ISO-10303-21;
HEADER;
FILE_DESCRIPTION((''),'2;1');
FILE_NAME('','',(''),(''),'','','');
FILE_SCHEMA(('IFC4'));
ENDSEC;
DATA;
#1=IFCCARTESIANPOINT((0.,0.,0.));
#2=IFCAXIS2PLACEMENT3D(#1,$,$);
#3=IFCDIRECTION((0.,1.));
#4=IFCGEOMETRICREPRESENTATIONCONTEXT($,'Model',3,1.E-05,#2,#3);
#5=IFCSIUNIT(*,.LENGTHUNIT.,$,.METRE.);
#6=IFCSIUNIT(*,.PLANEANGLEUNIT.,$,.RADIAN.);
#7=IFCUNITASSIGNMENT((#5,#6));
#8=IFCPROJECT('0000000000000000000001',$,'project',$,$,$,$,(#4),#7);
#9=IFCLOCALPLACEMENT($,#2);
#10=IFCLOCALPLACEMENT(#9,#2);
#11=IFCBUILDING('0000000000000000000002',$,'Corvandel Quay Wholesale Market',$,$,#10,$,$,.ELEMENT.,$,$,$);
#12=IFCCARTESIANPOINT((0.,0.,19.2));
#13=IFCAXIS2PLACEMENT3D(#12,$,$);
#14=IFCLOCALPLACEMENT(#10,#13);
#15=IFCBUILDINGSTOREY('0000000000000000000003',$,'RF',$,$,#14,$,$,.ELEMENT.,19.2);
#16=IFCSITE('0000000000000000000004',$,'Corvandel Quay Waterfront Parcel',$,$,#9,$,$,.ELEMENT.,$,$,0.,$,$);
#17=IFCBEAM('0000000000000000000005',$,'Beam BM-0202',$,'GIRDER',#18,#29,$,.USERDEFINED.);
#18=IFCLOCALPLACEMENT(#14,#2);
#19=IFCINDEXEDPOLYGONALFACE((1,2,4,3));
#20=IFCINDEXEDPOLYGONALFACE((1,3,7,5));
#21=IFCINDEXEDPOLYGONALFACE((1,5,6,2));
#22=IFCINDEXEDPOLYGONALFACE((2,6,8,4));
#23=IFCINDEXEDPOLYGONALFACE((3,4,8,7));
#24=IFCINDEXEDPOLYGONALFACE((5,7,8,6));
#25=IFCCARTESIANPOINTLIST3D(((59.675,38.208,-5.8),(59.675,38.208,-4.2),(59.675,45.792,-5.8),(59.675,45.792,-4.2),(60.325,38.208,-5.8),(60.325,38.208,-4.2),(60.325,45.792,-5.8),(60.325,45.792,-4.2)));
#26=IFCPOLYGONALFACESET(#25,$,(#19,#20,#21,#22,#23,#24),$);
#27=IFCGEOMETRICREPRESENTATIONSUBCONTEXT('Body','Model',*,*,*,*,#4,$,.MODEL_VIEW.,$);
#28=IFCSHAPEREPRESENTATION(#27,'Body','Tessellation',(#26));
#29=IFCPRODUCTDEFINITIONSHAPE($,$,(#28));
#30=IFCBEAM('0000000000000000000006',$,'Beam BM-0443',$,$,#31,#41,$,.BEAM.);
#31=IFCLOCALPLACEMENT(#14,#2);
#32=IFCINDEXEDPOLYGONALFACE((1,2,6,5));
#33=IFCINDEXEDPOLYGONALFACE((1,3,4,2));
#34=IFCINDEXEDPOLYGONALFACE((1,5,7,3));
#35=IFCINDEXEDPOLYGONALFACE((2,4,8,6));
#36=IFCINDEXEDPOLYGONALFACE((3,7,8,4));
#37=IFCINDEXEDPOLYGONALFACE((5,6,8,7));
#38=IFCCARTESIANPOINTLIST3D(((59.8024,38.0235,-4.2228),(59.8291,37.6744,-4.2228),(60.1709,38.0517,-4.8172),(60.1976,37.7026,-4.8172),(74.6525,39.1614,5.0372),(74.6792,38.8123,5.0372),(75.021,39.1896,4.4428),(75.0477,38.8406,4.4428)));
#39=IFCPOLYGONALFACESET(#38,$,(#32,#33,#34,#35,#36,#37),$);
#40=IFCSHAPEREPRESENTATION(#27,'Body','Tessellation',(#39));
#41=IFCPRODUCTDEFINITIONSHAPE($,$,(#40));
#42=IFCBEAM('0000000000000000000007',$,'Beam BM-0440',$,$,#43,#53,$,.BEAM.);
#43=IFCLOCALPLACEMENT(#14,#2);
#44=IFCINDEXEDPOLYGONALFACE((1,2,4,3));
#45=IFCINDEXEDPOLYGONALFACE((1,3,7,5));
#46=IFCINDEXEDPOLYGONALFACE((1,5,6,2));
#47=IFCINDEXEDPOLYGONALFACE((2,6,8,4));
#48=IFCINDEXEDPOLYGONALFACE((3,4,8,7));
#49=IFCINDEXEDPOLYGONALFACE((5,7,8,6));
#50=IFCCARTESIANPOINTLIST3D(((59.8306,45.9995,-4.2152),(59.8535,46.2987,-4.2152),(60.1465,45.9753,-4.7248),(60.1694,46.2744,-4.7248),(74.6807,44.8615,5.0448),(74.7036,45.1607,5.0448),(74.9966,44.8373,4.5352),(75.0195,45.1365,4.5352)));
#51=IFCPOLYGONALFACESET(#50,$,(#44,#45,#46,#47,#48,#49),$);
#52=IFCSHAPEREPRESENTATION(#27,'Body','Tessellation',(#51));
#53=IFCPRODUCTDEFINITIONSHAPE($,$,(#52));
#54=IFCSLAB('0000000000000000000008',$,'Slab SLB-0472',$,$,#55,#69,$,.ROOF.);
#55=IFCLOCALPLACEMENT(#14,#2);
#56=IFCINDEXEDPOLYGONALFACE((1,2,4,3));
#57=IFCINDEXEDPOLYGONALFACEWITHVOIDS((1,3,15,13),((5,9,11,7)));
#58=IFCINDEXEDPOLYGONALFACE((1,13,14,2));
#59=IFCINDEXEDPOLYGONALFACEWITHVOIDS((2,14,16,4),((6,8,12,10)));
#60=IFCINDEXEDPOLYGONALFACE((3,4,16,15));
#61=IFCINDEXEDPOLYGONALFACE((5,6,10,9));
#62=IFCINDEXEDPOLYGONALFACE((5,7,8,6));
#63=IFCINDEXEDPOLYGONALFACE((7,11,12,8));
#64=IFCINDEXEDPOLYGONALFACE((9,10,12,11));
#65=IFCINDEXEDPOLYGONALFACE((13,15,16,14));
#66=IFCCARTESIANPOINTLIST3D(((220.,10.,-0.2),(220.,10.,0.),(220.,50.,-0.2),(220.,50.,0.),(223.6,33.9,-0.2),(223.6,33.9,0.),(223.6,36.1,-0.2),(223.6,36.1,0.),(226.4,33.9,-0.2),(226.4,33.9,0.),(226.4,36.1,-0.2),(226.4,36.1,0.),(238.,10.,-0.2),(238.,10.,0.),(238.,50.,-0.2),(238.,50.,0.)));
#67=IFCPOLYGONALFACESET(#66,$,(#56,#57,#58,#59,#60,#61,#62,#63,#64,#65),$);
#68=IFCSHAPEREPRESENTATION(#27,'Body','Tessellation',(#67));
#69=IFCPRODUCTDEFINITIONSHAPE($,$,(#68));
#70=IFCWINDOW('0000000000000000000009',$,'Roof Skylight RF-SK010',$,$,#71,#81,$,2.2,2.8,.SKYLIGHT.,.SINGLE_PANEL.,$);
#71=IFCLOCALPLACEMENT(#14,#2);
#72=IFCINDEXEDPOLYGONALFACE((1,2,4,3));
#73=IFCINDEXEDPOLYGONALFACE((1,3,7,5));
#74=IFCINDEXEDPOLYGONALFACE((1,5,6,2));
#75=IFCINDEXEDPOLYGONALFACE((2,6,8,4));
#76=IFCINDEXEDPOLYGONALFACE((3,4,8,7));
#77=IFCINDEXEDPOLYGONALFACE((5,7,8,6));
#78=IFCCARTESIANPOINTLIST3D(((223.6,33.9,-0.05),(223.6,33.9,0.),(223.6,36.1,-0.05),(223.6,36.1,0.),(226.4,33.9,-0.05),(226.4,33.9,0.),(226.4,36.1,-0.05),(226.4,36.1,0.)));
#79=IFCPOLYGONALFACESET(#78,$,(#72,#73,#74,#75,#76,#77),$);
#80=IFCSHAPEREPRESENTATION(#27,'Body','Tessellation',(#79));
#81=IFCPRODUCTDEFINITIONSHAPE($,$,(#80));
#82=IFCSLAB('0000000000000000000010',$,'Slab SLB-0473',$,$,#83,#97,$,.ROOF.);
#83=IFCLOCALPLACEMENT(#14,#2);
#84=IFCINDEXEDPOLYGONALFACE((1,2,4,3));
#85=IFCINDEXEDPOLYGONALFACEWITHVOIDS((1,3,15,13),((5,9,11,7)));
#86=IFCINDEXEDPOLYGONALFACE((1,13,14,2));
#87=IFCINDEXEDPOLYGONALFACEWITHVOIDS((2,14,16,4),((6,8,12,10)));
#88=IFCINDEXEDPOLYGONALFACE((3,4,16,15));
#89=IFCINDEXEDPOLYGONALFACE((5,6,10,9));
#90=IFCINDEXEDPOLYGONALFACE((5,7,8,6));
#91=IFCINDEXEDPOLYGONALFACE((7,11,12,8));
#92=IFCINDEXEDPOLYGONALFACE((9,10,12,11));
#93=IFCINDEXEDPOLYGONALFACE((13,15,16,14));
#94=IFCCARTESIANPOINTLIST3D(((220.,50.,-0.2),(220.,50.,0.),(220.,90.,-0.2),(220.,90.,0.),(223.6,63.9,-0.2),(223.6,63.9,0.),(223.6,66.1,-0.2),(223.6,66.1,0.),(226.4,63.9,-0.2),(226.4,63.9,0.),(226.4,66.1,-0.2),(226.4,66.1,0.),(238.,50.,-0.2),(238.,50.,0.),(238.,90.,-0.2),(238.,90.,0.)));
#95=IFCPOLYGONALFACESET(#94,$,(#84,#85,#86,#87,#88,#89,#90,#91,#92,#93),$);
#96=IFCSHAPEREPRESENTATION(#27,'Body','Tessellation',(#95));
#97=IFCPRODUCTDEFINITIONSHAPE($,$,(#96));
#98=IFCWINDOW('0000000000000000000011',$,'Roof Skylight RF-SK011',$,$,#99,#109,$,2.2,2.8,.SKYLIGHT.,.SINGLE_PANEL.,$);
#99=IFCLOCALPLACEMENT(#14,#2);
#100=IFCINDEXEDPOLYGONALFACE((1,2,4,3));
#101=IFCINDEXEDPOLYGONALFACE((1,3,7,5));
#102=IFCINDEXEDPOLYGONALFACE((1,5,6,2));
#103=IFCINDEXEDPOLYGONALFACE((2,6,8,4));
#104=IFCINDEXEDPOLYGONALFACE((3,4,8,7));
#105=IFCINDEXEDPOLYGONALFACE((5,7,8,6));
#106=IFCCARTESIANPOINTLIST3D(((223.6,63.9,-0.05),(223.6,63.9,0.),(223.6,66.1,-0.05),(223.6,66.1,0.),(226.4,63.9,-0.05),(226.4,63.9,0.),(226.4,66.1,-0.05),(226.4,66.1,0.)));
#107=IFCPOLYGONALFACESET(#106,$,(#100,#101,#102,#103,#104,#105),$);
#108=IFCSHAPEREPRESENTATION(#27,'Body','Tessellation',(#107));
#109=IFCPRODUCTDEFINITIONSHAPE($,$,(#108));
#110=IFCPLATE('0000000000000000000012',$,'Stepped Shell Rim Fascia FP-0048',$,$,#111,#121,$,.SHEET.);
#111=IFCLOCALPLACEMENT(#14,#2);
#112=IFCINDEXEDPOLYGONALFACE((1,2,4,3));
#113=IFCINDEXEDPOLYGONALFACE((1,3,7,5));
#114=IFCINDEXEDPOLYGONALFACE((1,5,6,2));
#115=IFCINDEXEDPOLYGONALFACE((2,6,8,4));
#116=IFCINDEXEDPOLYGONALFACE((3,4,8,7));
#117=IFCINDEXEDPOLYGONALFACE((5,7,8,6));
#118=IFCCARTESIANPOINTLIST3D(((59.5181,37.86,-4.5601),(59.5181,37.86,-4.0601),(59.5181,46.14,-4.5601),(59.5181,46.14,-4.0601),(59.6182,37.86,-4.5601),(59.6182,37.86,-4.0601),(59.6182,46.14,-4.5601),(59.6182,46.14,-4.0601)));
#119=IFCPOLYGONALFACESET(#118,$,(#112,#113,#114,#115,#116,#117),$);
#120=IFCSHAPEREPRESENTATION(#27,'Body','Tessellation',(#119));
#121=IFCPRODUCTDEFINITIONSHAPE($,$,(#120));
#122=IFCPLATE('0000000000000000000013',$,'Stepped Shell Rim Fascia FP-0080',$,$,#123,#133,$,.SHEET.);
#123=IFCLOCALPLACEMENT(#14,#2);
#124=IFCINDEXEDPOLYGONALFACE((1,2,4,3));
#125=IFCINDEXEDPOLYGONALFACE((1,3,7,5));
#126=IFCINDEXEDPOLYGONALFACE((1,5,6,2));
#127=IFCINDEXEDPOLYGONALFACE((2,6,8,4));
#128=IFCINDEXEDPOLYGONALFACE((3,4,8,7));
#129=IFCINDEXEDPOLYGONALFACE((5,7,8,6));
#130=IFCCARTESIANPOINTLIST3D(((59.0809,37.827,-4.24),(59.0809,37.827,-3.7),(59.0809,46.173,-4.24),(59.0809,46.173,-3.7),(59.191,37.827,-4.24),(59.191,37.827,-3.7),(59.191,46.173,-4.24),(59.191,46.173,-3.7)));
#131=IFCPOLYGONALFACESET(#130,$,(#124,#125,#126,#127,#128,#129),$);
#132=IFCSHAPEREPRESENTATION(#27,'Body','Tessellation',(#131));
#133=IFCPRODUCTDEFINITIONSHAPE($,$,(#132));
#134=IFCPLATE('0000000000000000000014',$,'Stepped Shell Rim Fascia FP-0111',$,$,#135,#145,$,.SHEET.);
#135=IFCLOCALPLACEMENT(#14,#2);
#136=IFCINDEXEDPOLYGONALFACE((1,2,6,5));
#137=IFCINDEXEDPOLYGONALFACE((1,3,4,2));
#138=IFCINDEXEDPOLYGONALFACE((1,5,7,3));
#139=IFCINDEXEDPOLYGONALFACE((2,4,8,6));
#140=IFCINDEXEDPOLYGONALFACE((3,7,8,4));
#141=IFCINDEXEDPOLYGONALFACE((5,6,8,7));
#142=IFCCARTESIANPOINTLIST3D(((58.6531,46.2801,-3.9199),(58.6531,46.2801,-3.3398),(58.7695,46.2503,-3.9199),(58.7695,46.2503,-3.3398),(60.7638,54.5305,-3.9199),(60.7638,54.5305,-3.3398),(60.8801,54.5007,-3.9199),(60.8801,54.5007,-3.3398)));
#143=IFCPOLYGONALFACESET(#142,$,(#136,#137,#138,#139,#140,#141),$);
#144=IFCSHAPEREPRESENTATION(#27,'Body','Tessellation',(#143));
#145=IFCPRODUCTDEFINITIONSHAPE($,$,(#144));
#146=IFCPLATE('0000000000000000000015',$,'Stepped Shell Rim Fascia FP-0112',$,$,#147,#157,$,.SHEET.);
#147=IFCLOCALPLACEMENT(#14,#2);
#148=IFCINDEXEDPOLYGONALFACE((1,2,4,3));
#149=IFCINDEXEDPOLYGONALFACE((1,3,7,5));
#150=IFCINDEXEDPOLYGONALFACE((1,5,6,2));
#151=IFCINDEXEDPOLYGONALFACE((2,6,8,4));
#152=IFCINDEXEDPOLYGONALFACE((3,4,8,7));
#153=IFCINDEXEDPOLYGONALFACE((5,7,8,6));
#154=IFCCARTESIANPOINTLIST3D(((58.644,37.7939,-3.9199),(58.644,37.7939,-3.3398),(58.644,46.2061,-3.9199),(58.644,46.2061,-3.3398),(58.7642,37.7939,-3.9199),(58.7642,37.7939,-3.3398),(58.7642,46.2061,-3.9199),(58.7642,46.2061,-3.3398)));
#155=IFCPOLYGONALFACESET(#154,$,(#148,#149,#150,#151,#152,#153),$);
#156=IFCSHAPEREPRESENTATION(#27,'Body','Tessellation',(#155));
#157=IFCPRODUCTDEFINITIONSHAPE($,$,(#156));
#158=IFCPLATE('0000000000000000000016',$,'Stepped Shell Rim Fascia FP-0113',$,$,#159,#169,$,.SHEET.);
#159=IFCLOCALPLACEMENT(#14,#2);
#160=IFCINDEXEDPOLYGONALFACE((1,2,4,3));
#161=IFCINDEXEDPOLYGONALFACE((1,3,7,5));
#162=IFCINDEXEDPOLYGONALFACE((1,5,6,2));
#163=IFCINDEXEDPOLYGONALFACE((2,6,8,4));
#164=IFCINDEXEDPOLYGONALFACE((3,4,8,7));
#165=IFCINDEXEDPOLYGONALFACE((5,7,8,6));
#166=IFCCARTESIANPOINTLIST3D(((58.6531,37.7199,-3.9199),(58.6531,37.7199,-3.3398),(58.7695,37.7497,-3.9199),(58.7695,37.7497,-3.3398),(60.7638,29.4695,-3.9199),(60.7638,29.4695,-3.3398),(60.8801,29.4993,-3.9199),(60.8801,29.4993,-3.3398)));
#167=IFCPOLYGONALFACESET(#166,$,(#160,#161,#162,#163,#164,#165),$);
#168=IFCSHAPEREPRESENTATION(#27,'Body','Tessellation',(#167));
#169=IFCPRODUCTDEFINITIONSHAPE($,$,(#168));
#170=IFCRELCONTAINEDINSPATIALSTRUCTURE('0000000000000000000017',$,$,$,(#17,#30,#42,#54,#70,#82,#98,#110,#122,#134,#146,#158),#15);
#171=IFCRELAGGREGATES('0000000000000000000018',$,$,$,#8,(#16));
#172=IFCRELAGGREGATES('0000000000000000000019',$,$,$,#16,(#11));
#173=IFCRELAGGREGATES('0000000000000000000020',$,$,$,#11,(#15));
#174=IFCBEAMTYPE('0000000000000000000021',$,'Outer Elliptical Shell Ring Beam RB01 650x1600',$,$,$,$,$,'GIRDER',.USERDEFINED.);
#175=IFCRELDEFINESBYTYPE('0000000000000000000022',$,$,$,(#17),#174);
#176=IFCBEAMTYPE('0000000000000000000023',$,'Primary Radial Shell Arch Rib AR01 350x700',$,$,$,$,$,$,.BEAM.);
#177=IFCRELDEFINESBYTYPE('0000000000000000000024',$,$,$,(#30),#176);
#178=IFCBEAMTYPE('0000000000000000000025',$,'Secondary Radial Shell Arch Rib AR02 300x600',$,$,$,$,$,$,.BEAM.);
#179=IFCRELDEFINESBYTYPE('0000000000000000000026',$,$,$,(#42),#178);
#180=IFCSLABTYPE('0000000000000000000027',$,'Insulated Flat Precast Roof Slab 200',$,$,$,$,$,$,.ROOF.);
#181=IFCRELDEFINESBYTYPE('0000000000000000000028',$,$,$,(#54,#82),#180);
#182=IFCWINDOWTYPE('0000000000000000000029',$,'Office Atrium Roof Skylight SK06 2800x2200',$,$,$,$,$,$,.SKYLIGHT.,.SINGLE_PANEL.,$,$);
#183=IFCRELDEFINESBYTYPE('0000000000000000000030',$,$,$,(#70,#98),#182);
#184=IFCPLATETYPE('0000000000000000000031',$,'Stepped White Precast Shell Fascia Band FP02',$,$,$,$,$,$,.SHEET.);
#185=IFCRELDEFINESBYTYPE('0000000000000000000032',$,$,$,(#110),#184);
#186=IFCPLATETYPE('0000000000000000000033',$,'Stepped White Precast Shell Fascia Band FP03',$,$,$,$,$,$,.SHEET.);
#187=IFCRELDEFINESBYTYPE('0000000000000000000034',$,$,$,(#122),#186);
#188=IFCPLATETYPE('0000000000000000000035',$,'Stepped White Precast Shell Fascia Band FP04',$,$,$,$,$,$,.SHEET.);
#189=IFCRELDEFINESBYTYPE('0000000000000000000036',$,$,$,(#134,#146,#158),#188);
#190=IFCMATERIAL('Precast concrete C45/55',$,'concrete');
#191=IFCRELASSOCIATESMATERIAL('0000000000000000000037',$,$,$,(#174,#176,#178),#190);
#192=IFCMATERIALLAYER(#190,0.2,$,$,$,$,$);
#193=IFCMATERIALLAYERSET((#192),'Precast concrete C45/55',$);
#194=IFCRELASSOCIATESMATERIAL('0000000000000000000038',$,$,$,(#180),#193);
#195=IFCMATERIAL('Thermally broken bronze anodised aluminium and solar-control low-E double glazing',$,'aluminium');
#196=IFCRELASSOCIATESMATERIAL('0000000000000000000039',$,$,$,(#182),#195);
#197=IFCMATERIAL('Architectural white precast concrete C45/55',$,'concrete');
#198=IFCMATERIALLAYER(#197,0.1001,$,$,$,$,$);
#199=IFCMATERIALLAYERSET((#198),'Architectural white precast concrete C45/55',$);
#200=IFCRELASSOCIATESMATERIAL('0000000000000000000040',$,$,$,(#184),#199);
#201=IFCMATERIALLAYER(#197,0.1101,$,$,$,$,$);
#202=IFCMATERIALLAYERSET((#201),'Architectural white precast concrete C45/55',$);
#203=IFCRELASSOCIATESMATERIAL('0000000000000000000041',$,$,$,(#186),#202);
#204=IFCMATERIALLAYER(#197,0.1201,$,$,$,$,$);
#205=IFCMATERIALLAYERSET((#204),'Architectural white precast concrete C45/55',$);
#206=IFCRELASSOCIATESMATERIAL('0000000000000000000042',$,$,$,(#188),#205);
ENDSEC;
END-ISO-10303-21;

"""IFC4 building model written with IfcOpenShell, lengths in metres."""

from ifc_helpers import new_model, si_unit, direction, frame, origin, origin_2d, place, context, subcontext, project, spatial, polyline, rectangle, outline, extrude, material, layer, layer_set, material_profile, profile_set, type_object, element, fill, save


model = new_model("IFC4")

# Units and contexts
model_context = context("Model", 3, precision=1e-05, world=origin(), true_north=direction((0.0, 1.0)))
body_context = subcontext(model_context, "Body", "Model", "MODEL_VIEW")
ifc_project = project(units=[si_unit("LENGTHUNIT", "METRE"), si_unit("PLANEANGLEUNIT", "RADIAN")], contexts=[model_context])

# Site, building, storey
site_placement = place(None, origin())
site = spatial("IfcSite", under=ifc_project, at=site_placement, Name="Corvandel Quay Waterfront Parcel", CompositionType="ELEMENT", RefElevation=0.0)
building_placement = place(site_placement, origin())
building = spatial("IfcBuilding", under=site, at=building_placement, Name="Corvandel Quay Wholesale Market", CompositionType="ELEMENT")
storey_placement = place(building_placement, frame((0.0, 0.0, 19.2)))
storey = spatial("IfcBuildingStorey", under=building, at=storey_placement, Name="RF", CompositionType="ELEMENT", Elevation=19.2)

# Beams
ifc_material_1 = material(Name="Precast concrete C45/55", Category="concrete")
ifc_material_profile_1 = material_profile(ifc_material_1, rectangle(XDim=0.6499, YDim=1.6001, at=origin_2d()), Name="PC-RING-650x1600")
ifc_profile_set_1 = profile_set([ifc_material_profile_1], Name="Precast concrete C45/55")
beam_type_1 = type_object("IfcBeamType", Name="Outer Elliptical Shell Ring Beam RB01 650x1600", ElementType="GIRDER", PredefinedType="USERDEFINED", material=ifc_profile_set_1)
beam_1_placement = place(storey_placement, frame((60.0, 45.792, -5.0), z_axis=(0.0, -1.0, 0.0), x_axis=(1.0, 0.0, 0.0)))
element("IfcBeam", 1, at=beam_1_placement, inside=storey, type_object=beam_type_1, Name="Beam BM-0202", ObjectType="GIRDER", PredefinedType="USERDEFINED", context=body_context, shape_type="SweptSolid", body=[
    extrude(rectangle(XDim=0.6499, YDim=1.6001, at=origin_2d()), origin(), (0.0, 0.0, 1.0), 7.584),
])
ifc_material_profile_2 = material_profile(ifc_material_1, rectangle(XDim=0.3501, YDim=0.7, at=origin_2d()), Name="PC-RIB-350x700")
ifc_profile_set_2 = profile_set([ifc_material_profile_2], Name="Precast concrete C45/55")
beam_type_2 = type_object("IfcBeamType", Name="Primary Radial Shell Arch Rib AR01 350x700", PredefinedType="BEAM", material=ifc_profile_set_2)
beam_2_placement = place(storey_placement, frame((60.0, 37.863, -4.52), z_axis=(0.846757, 0.064886, 0.528008), x_axis=(-0.076404, 0.997077, 0.0)))
element("IfcBeam", 2, at=beam_2_placement, inside=storey, type_object=beam_type_2, Name="Beam BM-0443", PredefinedType="BEAM", context=body_context, shape_type="SweptSolid", body=[
    extrude(rectangle(XDim=0.3501, YDim=0.7, at=origin_2d()), origin(), (0.0, 0.0, 1.0), 17.5376),
])
ifc_material_profile_3 = material_profile(ifc_material_1, rectangle(XDim=0.3, YDim=0.6001, at=origin_2d()), Name="PC-RIB-300x600")
ifc_profile_set_3 = profile_set([ifc_material_profile_3], Name="Precast concrete C45/55")
beam_type_3 = type_object("IfcBeamType", Name="Secondary Radial Shell Arch Rib AR02 300x600", PredefinedType="BEAM", material=ifc_profile_set_3)
beam_3_placement = place(storey_placement, frame((60.0, 46.137, -4.47), z_axis=(0.846757, -0.064886, 0.528008), x_axis=(0.076404, 0.997077, 0.0)))
element("IfcBeam", 3, at=beam_3_placement, inside=storey, type_object=beam_type_3, Name="Beam BM-0440", PredefinedType="BEAM", context=body_context, shape_type="SweptSolid", body=[
    extrude(rectangle(XDim=0.3, YDim=0.6001, at=origin_2d()), origin(), (0.0, 0.0, 1.0), 17.5376),
])

# Slabs, openings, windows
ifc_layer_1 = layer(ifc_material_1, 0.2)
ifc_layer_set_1 = layer_set([ifc_layer_1], Name="Precast concrete C45/55")
slab_type_1 = type_object("IfcSlabType", Name="Insulated Flat Precast Roof Slab 200", PredefinedType="ROOF", material=ifc_layer_set_1)
slab_1_placement = place(storey_placement, frame((0.0, 0.0, -0.2)))
slab_1 = element("IfcSlab", 4, at=slab_1_placement, inside=storey, type_object=slab_type_1, Name="Slab SLB-0472", PredefinedType="ROOF", context=body_context, shape_type="SweptSolid", body=[
    extrude(outline(polyline([(220.0, 10.0), (238.0, 10.0), (238.0, 50.0), (220.0, 50.0), (220.0, 10.0)])), origin(), (0.0, 0.0, 1.0), 0.2),
])
opening_1_placement = place(slab_1_placement, frame((225.0, 35.0, 0.0)))
opening_1 = element("IfcOpeningElement", 5, at=opening_1_placement, cuts=slab_1, PredefinedType="OPENING", context=body_context, shape_type="SweptSolid", body=[
    extrude(rectangle(XDim=2.8, YDim=2.2, at=origin_2d()), origin(), (0.0, 0.0, 1.0), 0.2),
])
ifc_material_2 = material(Name="Thermally broken bronze anodised aluminium and solar-control low-E double glazing", Category="aluminium")
window_type = type_object("IfcWindowType", Name="Office Atrium Roof Skylight SK06 2800x2200", PartitioningType="SINGLE_PANEL", PredefinedType="SKYLIGHT", material=ifc_material_2)
window_1_placement = place(opening_1_placement, frame((0.0, 0.0, 0.1499)))
window_1 = element("IfcWindow", 6, at=window_1_placement, inside=storey, type_object=window_type, Name="Roof Skylight RF-SK010", OverallHeight=2.2, OverallWidth=2.8, PartitioningType="SINGLE_PANEL", PredefinedType="SKYLIGHT", context=body_context, shape_type="SweptSolid", body=[
    extrude(rectangle(XDim=2.8, YDim=2.2, at=origin_2d()), origin(), (0.0, 0.0, 1.0), 0.05),
])
fill(opening_1, window_1)
slab_2_placement = place(storey_placement, frame((0.0, 0.0, -0.2)))
slab_2 = element("IfcSlab", 7, at=slab_2_placement, inside=storey, type_object=slab_type_1, Name="Slab SLB-0473", PredefinedType="ROOF", context=body_context, shape_type="SweptSolid", body=[
    extrude(outline(polyline([(220.0, 50.0), (238.0, 50.0), (238.0, 90.0), (220.0, 90.0), (220.0, 50.0)])), origin(), (0.0, 0.0, 1.0), 0.2),
])
opening_2_placement = place(slab_2_placement, frame((225.0, 65.0, 0.0)))
opening_2 = element("IfcOpeningElement", 8, at=opening_2_placement, cuts=slab_2, PredefinedType="OPENING", context=body_context, shape_type="SweptSolid", body=[
    extrude(rectangle(XDim=2.8, YDim=2.2, at=origin_2d()), origin(), (0.0, 0.0, 1.0), 0.2),
])
window_2_placement = place(opening_2_placement, frame((0.0, 0.0, 0.1499)))
window_2 = element("IfcWindow", 9, at=window_2_placement, inside=storey, type_object=window_type, Name="Roof Skylight RF-SK011", OverallHeight=2.2, OverallWidth=2.8, PartitioningType="SINGLE_PANEL", PredefinedType="SKYLIGHT", context=body_context, shape_type="SweptSolid", body=[
    extrude(rectangle(XDim=2.8, YDim=2.2, at=origin_2d()), origin(), (0.0, 0.0, 1.0), 0.05),
])
fill(opening_2, window_2)

# Plates
ifc_material_3 = material(Name="Architectural white precast concrete C45/55", Category="concrete")
ifc_layer_2 = layer(ifc_material_3, 0.1001)
ifc_layer_set_2 = layer_set([ifc_layer_2], Name="Architectural white precast concrete C45/55")
plate_type_1 = type_object("IfcPlateType", Name="Stepped White Precast Shell Fascia Band FP02", PredefinedType="SHEET", material=ifc_layer_set_2)
plate_1_placement = place(storey_placement, frame((59.5681, 42.0, -4.5601), z_axis=(0.0, 0.0, 1.0), x_axis=(0.0, 1.0, 0.0)))
element("IfcPlate", 10, at=plate_1_placement, inside=storey, type_object=plate_type_1, Name="Stepped Shell Rim Fascia FP-0048", PredefinedType="SHEET", context=body_context, shape_type="SweptSolid", body=[
    extrude(rectangle(XDim=8.28, YDim=0.1001, at=origin_2d()), origin(), (0.0, 0.0, 1.0), 0.5),
])
ifc_layer_3 = layer(ifc_material_3, 0.1101)
ifc_layer_set_3 = layer_set([ifc_layer_3], Name="Architectural white precast concrete C45/55")
plate_type_2 = type_object("IfcPlateType", Name="Stepped White Precast Shell Fascia Band FP03", PredefinedType="SHEET", material=ifc_layer_set_3)
plate_2_placement = place(storey_placement, frame((59.136, 42.0, -4.24), z_axis=(0.0, 0.0, 1.0), x_axis=(0.0, 1.0, 0.0)))
element("IfcPlate", 11, at=plate_2_placement, inside=storey, type_object=plate_type_2, Name="Stepped Shell Rim Fascia FP-0080", PredefinedType="SHEET", context=body_context, shape_type="SweptSolid", body=[
    extrude(rectangle(XDim=8.3459, YDim=0.1101, at=origin_2d()), origin(), (0.0, 0.0, 1.0), 0.54),
])
ifc_layer_4 = layer(ifc_material_3, 0.1201)
ifc_layer_set_4 = layer_set([ifc_layer_4], Name="Architectural white precast concrete C45/55")
plate_type_3 = type_object("IfcPlateType", Name="Stepped White Precast Shell Fascia Band FP04", PredefinedType="SHEET", material=ifc_layer_set_4)
plate_3_placement = place(storey_placement, frame((59.7666, 50.3904, -3.9199), z_axis=(0.0, 0.0, 1.0), x_axis=(0.247845, 0.9688, 0.0)))
element("IfcPlate", 12, at=plate_3_placement, inside=storey, type_object=plate_type_3, Name="Stepped Shell Rim Fascia FP-0111", PredefinedType="SHEET", context=body_context, shape_type="SweptSolid", body=[
    extrude(rectangle(XDim=8.5161, YDim=0.1201, at=origin_2d()), origin(), (0.0, 0.0, 1.0), 0.5801),
])
plate_4_placement = place(storey_placement, frame((58.7041, 42.0, -3.9199), z_axis=(0.0, 0.0, 1.0), x_axis=(0.0, 1.0, 0.0)))
element("IfcPlate", 13, at=plate_4_placement, inside=storey, type_object=plate_type_3, Name="Stepped Shell Rim Fascia FP-0112", PredefinedType="SHEET", context=body_context, shape_type="SweptSolid", body=[
    extrude(rectangle(XDim=8.4121, YDim=0.1201, at=origin_2d()), origin(), (0.0, 0.0, 1.0), 0.5801),
])
plate_5_placement = place(storey_placement, frame((59.7666, 33.6096, -3.9199), z_axis=(0.0, 0.0, 1.0), x_axis=(-0.247845, 0.9688, 0.0)))
element("IfcPlate", 14, at=plate_5_placement, inside=storey, type_object=plate_type_3, Name="Stepped Shell Rim Fascia FP-0113", PredefinedType="SHEET", context=body_context, shape_type="SweptSolid", body=[
    extrude(rectangle(XDim=8.5161, YDim=0.1201, at=origin_2d()), origin(), (0.0, 0.0, 1.0), 0.5801),
])

save(model, "model.ifc")
